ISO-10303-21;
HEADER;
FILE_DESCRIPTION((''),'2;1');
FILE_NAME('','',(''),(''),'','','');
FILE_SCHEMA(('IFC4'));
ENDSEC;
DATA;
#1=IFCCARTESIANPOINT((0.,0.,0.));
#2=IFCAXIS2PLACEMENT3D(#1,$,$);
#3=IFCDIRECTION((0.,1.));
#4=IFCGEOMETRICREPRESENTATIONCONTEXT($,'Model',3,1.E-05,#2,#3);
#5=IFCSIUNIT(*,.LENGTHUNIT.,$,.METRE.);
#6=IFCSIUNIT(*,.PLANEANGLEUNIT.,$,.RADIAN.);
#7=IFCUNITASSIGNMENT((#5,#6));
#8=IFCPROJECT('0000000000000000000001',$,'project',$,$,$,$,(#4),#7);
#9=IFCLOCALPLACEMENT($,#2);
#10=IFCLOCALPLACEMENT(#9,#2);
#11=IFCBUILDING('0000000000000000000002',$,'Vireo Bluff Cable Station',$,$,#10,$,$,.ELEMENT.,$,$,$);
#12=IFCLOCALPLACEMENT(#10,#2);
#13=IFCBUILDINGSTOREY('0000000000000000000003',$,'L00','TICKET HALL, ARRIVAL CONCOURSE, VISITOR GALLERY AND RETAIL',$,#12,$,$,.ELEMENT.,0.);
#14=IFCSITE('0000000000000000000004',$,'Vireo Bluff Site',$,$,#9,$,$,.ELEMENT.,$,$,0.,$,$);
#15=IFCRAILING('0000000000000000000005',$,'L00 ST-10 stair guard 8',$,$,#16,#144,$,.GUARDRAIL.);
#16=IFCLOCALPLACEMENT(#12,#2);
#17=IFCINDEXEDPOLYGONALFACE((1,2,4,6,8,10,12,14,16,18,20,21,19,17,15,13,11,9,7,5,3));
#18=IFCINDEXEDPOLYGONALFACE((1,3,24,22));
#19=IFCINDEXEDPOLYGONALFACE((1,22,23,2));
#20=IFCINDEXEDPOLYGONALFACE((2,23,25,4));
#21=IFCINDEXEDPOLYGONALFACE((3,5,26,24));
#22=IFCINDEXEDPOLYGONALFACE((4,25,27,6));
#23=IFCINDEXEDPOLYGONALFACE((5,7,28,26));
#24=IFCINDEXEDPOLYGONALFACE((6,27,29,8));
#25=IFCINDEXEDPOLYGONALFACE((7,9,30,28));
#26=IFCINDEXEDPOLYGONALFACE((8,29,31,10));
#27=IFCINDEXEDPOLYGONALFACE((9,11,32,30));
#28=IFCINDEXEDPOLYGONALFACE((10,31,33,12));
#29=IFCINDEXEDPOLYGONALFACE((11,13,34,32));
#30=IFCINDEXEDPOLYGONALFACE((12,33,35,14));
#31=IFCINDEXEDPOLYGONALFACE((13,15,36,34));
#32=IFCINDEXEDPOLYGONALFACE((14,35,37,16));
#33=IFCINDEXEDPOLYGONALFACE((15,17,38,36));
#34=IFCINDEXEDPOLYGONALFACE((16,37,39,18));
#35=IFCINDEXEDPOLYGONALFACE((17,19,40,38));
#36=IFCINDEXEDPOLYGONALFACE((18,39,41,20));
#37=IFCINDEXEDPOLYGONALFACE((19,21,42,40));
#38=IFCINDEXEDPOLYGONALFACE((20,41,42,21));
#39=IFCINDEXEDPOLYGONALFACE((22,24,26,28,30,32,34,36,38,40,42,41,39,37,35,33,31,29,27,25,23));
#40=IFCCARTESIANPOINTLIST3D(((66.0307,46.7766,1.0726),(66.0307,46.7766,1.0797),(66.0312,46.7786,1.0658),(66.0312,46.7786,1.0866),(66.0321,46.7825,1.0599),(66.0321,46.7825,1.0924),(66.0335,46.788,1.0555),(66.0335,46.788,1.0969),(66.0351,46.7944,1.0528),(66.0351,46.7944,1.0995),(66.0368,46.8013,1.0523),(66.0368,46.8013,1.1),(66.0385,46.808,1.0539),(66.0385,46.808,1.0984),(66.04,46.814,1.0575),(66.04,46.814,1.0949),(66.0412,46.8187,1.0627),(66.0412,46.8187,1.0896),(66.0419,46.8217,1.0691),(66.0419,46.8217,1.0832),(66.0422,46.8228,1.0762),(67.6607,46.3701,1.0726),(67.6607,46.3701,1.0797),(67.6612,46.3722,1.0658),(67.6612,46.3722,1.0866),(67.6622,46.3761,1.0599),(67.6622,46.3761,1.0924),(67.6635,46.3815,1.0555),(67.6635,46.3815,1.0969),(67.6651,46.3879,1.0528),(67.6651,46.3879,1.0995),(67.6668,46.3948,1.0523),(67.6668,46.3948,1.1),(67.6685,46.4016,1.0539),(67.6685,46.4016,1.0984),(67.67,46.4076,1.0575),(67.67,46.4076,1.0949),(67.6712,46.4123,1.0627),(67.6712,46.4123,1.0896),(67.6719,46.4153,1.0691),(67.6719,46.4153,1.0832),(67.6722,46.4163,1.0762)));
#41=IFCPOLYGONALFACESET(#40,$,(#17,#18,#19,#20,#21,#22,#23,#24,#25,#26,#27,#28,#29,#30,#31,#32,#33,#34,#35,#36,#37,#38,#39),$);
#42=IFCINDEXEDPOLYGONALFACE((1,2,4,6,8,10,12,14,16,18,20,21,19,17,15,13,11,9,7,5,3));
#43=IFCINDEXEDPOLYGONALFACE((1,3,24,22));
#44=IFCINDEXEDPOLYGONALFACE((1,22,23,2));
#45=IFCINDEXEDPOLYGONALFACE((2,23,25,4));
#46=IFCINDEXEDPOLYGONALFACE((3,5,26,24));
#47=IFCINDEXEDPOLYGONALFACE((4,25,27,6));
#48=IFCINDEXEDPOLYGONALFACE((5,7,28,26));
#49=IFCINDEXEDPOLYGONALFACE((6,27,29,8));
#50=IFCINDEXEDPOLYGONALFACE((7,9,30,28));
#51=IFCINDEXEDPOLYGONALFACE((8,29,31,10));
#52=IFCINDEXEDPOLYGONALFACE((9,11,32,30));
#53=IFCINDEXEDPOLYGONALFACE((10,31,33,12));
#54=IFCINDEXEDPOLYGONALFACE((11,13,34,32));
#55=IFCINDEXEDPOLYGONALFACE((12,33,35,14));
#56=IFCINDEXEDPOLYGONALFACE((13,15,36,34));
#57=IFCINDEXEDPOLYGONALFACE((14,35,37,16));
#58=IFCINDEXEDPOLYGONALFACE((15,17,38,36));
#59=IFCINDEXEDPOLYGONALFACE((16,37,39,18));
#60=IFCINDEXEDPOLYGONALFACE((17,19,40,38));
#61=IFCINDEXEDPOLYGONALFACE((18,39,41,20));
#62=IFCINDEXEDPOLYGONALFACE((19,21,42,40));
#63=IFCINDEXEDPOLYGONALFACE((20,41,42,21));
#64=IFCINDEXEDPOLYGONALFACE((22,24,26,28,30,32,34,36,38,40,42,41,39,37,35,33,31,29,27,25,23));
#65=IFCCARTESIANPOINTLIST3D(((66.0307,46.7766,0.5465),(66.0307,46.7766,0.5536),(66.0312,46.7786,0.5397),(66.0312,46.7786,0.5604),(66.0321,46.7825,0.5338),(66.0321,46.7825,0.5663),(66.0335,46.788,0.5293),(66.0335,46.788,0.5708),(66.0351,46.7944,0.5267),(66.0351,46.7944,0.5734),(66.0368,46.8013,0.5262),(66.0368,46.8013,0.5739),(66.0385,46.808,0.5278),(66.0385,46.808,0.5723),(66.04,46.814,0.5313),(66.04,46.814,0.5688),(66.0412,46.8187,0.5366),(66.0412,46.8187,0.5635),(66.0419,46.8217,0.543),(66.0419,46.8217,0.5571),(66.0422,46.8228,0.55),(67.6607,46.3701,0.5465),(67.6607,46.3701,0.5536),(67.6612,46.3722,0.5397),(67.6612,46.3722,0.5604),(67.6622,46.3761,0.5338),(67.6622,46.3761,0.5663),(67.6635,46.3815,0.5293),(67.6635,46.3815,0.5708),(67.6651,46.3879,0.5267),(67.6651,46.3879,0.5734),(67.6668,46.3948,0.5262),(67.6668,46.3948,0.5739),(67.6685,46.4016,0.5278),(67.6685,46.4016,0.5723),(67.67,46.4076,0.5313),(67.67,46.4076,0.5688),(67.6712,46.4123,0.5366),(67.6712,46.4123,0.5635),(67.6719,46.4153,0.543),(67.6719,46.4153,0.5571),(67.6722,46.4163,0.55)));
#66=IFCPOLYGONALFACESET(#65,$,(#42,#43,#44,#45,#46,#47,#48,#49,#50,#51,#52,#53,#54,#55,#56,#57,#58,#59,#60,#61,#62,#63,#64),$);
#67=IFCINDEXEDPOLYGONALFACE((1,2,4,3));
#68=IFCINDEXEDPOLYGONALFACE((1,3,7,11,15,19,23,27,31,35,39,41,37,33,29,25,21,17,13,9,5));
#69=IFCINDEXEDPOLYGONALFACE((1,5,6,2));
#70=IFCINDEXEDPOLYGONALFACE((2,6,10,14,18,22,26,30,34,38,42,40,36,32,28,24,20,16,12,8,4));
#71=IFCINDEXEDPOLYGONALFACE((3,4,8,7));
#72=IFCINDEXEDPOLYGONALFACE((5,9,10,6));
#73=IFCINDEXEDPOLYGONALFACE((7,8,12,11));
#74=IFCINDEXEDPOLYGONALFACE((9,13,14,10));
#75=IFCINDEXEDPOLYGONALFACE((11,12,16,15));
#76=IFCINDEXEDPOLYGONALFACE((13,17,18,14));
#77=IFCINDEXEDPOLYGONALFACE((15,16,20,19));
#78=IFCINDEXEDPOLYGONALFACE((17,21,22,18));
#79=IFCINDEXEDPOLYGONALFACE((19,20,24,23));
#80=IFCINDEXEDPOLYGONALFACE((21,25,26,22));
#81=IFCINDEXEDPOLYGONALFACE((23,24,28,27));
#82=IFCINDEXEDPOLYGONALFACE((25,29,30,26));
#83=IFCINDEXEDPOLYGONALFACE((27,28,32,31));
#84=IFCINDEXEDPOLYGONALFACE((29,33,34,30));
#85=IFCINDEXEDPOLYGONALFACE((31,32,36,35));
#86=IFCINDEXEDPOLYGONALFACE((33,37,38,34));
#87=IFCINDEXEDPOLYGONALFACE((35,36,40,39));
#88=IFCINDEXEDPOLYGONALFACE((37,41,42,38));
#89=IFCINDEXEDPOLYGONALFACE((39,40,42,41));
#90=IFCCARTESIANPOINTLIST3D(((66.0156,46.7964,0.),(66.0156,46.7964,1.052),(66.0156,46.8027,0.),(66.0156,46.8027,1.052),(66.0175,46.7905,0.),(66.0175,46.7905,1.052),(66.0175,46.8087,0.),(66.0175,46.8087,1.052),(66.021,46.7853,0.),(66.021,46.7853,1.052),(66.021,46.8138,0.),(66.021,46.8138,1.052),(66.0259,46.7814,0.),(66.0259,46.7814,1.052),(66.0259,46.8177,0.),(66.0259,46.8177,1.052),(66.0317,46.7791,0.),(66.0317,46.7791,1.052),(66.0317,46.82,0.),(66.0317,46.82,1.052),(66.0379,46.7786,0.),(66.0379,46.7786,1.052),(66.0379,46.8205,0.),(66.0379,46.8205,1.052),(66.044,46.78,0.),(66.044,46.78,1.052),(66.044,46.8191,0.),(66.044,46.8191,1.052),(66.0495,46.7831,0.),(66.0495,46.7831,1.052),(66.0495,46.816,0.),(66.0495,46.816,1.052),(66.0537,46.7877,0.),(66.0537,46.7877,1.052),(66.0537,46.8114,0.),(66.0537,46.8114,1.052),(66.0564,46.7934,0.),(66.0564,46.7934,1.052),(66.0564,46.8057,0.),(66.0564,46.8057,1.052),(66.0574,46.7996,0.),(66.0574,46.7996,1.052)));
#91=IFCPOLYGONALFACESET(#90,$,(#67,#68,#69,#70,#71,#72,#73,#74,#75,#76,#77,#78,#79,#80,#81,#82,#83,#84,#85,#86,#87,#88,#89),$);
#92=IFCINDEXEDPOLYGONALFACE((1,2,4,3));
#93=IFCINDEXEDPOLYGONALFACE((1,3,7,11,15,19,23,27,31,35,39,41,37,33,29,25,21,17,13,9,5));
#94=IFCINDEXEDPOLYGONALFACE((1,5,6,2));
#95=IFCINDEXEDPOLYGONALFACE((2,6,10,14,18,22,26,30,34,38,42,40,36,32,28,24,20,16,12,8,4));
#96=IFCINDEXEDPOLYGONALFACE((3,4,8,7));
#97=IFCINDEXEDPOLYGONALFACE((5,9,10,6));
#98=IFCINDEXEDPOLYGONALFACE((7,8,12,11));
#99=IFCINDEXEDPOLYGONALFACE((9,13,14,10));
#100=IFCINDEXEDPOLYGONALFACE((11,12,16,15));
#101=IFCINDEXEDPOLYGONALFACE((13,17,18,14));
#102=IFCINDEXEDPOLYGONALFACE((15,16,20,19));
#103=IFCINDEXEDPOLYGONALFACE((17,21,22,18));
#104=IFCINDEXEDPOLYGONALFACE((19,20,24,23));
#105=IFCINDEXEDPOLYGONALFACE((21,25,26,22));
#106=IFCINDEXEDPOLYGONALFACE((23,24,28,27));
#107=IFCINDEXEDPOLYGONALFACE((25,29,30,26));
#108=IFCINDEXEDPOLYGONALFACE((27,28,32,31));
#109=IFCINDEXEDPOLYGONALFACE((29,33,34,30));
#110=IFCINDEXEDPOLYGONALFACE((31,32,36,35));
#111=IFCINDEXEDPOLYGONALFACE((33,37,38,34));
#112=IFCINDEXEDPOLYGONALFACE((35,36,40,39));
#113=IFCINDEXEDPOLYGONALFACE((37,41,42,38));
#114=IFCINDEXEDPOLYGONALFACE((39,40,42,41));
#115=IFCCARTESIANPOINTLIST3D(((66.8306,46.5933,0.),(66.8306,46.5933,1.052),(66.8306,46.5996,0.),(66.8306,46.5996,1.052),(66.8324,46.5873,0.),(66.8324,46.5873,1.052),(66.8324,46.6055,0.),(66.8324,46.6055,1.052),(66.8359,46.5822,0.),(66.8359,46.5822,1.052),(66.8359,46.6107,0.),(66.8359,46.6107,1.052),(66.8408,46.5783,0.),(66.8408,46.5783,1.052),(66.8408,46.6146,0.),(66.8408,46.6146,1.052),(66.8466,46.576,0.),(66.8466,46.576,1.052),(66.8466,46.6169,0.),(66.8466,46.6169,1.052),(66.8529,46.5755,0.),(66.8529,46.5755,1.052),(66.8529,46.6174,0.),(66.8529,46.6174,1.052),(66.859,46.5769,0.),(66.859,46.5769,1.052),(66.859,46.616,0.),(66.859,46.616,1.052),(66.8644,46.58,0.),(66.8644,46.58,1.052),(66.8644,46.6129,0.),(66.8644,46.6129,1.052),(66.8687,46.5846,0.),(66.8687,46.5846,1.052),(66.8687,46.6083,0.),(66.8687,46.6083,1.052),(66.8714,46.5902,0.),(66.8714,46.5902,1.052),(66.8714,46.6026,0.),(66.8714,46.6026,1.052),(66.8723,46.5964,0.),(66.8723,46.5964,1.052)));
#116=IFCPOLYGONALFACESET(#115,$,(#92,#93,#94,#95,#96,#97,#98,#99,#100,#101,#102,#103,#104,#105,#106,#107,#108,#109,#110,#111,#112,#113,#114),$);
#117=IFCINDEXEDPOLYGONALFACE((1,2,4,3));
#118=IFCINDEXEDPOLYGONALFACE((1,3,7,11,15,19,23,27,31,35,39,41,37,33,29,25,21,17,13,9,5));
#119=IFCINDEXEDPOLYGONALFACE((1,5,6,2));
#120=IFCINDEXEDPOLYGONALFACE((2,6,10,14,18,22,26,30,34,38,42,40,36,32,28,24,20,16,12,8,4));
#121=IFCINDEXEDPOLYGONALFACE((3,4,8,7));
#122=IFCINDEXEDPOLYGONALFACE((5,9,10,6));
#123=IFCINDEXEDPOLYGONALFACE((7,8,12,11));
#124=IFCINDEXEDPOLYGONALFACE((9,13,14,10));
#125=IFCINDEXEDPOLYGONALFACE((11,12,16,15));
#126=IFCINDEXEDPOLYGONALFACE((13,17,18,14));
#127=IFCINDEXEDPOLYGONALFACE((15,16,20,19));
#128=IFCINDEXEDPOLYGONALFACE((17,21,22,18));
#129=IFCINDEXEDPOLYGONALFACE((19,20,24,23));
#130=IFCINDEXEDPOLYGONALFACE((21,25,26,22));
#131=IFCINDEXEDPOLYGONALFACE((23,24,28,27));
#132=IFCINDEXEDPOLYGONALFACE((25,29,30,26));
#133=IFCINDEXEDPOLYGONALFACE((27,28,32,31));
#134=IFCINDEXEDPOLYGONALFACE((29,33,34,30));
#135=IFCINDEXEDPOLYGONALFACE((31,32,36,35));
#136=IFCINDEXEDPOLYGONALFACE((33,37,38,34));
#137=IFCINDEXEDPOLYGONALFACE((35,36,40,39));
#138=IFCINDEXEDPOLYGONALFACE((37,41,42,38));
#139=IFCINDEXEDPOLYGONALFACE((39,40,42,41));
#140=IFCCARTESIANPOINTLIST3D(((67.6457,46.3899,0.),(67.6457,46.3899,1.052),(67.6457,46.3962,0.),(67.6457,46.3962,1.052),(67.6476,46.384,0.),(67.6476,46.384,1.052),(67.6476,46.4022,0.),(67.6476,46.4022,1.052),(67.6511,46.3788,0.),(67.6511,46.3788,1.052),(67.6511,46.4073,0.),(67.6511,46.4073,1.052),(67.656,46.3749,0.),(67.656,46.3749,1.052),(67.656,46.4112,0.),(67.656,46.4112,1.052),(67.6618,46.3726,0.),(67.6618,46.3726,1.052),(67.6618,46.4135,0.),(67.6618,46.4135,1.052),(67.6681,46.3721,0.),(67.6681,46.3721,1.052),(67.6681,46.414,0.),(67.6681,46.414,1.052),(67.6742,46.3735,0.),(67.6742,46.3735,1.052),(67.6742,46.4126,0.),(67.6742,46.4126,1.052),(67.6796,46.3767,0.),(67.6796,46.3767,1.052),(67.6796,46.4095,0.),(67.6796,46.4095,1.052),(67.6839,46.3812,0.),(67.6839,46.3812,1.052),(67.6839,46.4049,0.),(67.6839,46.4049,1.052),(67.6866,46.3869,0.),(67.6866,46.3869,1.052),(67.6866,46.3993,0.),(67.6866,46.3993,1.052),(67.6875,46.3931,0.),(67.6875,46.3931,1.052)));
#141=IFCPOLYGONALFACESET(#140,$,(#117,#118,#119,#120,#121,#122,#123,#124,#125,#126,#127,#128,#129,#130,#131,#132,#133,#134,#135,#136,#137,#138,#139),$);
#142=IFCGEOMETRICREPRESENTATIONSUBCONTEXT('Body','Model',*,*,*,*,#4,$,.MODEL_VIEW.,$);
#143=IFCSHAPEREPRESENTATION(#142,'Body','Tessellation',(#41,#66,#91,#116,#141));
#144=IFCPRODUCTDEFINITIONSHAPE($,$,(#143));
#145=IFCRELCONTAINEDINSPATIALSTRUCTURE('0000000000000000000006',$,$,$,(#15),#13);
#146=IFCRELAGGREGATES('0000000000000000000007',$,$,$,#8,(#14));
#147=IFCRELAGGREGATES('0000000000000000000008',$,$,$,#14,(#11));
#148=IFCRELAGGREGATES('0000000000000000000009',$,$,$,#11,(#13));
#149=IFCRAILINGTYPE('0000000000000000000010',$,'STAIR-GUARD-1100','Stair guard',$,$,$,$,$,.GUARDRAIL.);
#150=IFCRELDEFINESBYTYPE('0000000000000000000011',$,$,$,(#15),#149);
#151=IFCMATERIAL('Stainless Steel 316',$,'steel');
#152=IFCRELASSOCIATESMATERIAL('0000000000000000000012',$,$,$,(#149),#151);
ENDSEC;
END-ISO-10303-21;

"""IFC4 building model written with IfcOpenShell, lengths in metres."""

from ifc_helpers import new_model, si_unit, direction, frame, origin, origin_2d, place, context, subcontext, project, spatial, circle, extrude, material, type_object, element, save


model = new_model("IFC4")

# Units and contexts
model_context = context("Model", 3, precision=1e-05, world=origin(), true_north=direction((0.0, 1.0)))
body_context = subcontext(model_context, "Body", "Model", "MODEL_VIEW")
ifc_project = project(units=[si_unit("LENGTHUNIT", "METRE"), si_unit("PLANEANGLEUNIT", "RADIAN")], contexts=[model_context])

# Site, building, storey
site_placement = place(None, origin())
site = spatial("IfcSite", under=ifc_project, at=site_placement, Name="Vireo Bluff Site", CompositionType="ELEMENT", RefElevation=0.0)
building_placement = place(site_placement, origin())
building = spatial("IfcBuilding", under=site, at=building_placement, Name="Vireo Bluff Cable Station", CompositionType="ELEMENT")
storey_placement = place(building_placement, origin())
storey = spatial("IfcBuildingStorey", under=building, at=storey_placement, Name="L00", Description="TICKET HALL, ARRIVAL CONCOURSE, VISITOR GALLERY AND RETAIL", CompositionType="ELEMENT", Elevation=0.0)

# Railing
ifc_material_1 = material(Name="Stainless Steel 316", Category="steel")
railing_type_1 = type_object("IfcRailingType", Name="STAIR-GUARD-1100", Description="Stair guard", PredefinedType="GUARDRAIL", material=ifc_material_1)
for number, where, name in (
    (1, (66.0364, 46.7996, 0.0), "L00 ST-10 stair guard 8"),
):
    element("IfcRailing", number, at=place(storey_placement, frame(where)), inside=storey, type_object=railing_type_1, Name=name, PredefinedType="GUARDRAIL", context=body_context, shape_type="SweptSolid", body=[
        extrude(circle(Radius=0.0239, at=origin_2d()), frame((0.0, 0.0, 1.0762), z_axis=(0.970288, -0.241954, 0.0), x_axis=(0.241954, 0.970288, 0.0)), (0.0, 0.0, 1.0), 1.6799),
        extrude(circle(Radius=0.0239, at=origin_2d()), frame((0.0, 0.0, 0.55), z_axis=(0.970288, -0.241954, 0.0), x_axis=(0.241954, 0.970288, 0.0)), (0.0, 0.0, 1.0), 1.6799),
        extrude(circle(Radius=0.021, at=origin_2d()), origin(), (0.0, 0.0, 1.0), 1.052),
        extrude(circle(Radius=0.021, at=origin_2d()), frame((0.8149, -0.2031, 0.0)), (0.0, 0.0, 1.0), 1.052),
        extrude(circle(Radius=0.021, at=origin_2d()), frame((1.6301, -0.4065, 0.0)), (0.0, 0.0, 1.0), 1.052),
    ])

save(model, "model.ifc")
